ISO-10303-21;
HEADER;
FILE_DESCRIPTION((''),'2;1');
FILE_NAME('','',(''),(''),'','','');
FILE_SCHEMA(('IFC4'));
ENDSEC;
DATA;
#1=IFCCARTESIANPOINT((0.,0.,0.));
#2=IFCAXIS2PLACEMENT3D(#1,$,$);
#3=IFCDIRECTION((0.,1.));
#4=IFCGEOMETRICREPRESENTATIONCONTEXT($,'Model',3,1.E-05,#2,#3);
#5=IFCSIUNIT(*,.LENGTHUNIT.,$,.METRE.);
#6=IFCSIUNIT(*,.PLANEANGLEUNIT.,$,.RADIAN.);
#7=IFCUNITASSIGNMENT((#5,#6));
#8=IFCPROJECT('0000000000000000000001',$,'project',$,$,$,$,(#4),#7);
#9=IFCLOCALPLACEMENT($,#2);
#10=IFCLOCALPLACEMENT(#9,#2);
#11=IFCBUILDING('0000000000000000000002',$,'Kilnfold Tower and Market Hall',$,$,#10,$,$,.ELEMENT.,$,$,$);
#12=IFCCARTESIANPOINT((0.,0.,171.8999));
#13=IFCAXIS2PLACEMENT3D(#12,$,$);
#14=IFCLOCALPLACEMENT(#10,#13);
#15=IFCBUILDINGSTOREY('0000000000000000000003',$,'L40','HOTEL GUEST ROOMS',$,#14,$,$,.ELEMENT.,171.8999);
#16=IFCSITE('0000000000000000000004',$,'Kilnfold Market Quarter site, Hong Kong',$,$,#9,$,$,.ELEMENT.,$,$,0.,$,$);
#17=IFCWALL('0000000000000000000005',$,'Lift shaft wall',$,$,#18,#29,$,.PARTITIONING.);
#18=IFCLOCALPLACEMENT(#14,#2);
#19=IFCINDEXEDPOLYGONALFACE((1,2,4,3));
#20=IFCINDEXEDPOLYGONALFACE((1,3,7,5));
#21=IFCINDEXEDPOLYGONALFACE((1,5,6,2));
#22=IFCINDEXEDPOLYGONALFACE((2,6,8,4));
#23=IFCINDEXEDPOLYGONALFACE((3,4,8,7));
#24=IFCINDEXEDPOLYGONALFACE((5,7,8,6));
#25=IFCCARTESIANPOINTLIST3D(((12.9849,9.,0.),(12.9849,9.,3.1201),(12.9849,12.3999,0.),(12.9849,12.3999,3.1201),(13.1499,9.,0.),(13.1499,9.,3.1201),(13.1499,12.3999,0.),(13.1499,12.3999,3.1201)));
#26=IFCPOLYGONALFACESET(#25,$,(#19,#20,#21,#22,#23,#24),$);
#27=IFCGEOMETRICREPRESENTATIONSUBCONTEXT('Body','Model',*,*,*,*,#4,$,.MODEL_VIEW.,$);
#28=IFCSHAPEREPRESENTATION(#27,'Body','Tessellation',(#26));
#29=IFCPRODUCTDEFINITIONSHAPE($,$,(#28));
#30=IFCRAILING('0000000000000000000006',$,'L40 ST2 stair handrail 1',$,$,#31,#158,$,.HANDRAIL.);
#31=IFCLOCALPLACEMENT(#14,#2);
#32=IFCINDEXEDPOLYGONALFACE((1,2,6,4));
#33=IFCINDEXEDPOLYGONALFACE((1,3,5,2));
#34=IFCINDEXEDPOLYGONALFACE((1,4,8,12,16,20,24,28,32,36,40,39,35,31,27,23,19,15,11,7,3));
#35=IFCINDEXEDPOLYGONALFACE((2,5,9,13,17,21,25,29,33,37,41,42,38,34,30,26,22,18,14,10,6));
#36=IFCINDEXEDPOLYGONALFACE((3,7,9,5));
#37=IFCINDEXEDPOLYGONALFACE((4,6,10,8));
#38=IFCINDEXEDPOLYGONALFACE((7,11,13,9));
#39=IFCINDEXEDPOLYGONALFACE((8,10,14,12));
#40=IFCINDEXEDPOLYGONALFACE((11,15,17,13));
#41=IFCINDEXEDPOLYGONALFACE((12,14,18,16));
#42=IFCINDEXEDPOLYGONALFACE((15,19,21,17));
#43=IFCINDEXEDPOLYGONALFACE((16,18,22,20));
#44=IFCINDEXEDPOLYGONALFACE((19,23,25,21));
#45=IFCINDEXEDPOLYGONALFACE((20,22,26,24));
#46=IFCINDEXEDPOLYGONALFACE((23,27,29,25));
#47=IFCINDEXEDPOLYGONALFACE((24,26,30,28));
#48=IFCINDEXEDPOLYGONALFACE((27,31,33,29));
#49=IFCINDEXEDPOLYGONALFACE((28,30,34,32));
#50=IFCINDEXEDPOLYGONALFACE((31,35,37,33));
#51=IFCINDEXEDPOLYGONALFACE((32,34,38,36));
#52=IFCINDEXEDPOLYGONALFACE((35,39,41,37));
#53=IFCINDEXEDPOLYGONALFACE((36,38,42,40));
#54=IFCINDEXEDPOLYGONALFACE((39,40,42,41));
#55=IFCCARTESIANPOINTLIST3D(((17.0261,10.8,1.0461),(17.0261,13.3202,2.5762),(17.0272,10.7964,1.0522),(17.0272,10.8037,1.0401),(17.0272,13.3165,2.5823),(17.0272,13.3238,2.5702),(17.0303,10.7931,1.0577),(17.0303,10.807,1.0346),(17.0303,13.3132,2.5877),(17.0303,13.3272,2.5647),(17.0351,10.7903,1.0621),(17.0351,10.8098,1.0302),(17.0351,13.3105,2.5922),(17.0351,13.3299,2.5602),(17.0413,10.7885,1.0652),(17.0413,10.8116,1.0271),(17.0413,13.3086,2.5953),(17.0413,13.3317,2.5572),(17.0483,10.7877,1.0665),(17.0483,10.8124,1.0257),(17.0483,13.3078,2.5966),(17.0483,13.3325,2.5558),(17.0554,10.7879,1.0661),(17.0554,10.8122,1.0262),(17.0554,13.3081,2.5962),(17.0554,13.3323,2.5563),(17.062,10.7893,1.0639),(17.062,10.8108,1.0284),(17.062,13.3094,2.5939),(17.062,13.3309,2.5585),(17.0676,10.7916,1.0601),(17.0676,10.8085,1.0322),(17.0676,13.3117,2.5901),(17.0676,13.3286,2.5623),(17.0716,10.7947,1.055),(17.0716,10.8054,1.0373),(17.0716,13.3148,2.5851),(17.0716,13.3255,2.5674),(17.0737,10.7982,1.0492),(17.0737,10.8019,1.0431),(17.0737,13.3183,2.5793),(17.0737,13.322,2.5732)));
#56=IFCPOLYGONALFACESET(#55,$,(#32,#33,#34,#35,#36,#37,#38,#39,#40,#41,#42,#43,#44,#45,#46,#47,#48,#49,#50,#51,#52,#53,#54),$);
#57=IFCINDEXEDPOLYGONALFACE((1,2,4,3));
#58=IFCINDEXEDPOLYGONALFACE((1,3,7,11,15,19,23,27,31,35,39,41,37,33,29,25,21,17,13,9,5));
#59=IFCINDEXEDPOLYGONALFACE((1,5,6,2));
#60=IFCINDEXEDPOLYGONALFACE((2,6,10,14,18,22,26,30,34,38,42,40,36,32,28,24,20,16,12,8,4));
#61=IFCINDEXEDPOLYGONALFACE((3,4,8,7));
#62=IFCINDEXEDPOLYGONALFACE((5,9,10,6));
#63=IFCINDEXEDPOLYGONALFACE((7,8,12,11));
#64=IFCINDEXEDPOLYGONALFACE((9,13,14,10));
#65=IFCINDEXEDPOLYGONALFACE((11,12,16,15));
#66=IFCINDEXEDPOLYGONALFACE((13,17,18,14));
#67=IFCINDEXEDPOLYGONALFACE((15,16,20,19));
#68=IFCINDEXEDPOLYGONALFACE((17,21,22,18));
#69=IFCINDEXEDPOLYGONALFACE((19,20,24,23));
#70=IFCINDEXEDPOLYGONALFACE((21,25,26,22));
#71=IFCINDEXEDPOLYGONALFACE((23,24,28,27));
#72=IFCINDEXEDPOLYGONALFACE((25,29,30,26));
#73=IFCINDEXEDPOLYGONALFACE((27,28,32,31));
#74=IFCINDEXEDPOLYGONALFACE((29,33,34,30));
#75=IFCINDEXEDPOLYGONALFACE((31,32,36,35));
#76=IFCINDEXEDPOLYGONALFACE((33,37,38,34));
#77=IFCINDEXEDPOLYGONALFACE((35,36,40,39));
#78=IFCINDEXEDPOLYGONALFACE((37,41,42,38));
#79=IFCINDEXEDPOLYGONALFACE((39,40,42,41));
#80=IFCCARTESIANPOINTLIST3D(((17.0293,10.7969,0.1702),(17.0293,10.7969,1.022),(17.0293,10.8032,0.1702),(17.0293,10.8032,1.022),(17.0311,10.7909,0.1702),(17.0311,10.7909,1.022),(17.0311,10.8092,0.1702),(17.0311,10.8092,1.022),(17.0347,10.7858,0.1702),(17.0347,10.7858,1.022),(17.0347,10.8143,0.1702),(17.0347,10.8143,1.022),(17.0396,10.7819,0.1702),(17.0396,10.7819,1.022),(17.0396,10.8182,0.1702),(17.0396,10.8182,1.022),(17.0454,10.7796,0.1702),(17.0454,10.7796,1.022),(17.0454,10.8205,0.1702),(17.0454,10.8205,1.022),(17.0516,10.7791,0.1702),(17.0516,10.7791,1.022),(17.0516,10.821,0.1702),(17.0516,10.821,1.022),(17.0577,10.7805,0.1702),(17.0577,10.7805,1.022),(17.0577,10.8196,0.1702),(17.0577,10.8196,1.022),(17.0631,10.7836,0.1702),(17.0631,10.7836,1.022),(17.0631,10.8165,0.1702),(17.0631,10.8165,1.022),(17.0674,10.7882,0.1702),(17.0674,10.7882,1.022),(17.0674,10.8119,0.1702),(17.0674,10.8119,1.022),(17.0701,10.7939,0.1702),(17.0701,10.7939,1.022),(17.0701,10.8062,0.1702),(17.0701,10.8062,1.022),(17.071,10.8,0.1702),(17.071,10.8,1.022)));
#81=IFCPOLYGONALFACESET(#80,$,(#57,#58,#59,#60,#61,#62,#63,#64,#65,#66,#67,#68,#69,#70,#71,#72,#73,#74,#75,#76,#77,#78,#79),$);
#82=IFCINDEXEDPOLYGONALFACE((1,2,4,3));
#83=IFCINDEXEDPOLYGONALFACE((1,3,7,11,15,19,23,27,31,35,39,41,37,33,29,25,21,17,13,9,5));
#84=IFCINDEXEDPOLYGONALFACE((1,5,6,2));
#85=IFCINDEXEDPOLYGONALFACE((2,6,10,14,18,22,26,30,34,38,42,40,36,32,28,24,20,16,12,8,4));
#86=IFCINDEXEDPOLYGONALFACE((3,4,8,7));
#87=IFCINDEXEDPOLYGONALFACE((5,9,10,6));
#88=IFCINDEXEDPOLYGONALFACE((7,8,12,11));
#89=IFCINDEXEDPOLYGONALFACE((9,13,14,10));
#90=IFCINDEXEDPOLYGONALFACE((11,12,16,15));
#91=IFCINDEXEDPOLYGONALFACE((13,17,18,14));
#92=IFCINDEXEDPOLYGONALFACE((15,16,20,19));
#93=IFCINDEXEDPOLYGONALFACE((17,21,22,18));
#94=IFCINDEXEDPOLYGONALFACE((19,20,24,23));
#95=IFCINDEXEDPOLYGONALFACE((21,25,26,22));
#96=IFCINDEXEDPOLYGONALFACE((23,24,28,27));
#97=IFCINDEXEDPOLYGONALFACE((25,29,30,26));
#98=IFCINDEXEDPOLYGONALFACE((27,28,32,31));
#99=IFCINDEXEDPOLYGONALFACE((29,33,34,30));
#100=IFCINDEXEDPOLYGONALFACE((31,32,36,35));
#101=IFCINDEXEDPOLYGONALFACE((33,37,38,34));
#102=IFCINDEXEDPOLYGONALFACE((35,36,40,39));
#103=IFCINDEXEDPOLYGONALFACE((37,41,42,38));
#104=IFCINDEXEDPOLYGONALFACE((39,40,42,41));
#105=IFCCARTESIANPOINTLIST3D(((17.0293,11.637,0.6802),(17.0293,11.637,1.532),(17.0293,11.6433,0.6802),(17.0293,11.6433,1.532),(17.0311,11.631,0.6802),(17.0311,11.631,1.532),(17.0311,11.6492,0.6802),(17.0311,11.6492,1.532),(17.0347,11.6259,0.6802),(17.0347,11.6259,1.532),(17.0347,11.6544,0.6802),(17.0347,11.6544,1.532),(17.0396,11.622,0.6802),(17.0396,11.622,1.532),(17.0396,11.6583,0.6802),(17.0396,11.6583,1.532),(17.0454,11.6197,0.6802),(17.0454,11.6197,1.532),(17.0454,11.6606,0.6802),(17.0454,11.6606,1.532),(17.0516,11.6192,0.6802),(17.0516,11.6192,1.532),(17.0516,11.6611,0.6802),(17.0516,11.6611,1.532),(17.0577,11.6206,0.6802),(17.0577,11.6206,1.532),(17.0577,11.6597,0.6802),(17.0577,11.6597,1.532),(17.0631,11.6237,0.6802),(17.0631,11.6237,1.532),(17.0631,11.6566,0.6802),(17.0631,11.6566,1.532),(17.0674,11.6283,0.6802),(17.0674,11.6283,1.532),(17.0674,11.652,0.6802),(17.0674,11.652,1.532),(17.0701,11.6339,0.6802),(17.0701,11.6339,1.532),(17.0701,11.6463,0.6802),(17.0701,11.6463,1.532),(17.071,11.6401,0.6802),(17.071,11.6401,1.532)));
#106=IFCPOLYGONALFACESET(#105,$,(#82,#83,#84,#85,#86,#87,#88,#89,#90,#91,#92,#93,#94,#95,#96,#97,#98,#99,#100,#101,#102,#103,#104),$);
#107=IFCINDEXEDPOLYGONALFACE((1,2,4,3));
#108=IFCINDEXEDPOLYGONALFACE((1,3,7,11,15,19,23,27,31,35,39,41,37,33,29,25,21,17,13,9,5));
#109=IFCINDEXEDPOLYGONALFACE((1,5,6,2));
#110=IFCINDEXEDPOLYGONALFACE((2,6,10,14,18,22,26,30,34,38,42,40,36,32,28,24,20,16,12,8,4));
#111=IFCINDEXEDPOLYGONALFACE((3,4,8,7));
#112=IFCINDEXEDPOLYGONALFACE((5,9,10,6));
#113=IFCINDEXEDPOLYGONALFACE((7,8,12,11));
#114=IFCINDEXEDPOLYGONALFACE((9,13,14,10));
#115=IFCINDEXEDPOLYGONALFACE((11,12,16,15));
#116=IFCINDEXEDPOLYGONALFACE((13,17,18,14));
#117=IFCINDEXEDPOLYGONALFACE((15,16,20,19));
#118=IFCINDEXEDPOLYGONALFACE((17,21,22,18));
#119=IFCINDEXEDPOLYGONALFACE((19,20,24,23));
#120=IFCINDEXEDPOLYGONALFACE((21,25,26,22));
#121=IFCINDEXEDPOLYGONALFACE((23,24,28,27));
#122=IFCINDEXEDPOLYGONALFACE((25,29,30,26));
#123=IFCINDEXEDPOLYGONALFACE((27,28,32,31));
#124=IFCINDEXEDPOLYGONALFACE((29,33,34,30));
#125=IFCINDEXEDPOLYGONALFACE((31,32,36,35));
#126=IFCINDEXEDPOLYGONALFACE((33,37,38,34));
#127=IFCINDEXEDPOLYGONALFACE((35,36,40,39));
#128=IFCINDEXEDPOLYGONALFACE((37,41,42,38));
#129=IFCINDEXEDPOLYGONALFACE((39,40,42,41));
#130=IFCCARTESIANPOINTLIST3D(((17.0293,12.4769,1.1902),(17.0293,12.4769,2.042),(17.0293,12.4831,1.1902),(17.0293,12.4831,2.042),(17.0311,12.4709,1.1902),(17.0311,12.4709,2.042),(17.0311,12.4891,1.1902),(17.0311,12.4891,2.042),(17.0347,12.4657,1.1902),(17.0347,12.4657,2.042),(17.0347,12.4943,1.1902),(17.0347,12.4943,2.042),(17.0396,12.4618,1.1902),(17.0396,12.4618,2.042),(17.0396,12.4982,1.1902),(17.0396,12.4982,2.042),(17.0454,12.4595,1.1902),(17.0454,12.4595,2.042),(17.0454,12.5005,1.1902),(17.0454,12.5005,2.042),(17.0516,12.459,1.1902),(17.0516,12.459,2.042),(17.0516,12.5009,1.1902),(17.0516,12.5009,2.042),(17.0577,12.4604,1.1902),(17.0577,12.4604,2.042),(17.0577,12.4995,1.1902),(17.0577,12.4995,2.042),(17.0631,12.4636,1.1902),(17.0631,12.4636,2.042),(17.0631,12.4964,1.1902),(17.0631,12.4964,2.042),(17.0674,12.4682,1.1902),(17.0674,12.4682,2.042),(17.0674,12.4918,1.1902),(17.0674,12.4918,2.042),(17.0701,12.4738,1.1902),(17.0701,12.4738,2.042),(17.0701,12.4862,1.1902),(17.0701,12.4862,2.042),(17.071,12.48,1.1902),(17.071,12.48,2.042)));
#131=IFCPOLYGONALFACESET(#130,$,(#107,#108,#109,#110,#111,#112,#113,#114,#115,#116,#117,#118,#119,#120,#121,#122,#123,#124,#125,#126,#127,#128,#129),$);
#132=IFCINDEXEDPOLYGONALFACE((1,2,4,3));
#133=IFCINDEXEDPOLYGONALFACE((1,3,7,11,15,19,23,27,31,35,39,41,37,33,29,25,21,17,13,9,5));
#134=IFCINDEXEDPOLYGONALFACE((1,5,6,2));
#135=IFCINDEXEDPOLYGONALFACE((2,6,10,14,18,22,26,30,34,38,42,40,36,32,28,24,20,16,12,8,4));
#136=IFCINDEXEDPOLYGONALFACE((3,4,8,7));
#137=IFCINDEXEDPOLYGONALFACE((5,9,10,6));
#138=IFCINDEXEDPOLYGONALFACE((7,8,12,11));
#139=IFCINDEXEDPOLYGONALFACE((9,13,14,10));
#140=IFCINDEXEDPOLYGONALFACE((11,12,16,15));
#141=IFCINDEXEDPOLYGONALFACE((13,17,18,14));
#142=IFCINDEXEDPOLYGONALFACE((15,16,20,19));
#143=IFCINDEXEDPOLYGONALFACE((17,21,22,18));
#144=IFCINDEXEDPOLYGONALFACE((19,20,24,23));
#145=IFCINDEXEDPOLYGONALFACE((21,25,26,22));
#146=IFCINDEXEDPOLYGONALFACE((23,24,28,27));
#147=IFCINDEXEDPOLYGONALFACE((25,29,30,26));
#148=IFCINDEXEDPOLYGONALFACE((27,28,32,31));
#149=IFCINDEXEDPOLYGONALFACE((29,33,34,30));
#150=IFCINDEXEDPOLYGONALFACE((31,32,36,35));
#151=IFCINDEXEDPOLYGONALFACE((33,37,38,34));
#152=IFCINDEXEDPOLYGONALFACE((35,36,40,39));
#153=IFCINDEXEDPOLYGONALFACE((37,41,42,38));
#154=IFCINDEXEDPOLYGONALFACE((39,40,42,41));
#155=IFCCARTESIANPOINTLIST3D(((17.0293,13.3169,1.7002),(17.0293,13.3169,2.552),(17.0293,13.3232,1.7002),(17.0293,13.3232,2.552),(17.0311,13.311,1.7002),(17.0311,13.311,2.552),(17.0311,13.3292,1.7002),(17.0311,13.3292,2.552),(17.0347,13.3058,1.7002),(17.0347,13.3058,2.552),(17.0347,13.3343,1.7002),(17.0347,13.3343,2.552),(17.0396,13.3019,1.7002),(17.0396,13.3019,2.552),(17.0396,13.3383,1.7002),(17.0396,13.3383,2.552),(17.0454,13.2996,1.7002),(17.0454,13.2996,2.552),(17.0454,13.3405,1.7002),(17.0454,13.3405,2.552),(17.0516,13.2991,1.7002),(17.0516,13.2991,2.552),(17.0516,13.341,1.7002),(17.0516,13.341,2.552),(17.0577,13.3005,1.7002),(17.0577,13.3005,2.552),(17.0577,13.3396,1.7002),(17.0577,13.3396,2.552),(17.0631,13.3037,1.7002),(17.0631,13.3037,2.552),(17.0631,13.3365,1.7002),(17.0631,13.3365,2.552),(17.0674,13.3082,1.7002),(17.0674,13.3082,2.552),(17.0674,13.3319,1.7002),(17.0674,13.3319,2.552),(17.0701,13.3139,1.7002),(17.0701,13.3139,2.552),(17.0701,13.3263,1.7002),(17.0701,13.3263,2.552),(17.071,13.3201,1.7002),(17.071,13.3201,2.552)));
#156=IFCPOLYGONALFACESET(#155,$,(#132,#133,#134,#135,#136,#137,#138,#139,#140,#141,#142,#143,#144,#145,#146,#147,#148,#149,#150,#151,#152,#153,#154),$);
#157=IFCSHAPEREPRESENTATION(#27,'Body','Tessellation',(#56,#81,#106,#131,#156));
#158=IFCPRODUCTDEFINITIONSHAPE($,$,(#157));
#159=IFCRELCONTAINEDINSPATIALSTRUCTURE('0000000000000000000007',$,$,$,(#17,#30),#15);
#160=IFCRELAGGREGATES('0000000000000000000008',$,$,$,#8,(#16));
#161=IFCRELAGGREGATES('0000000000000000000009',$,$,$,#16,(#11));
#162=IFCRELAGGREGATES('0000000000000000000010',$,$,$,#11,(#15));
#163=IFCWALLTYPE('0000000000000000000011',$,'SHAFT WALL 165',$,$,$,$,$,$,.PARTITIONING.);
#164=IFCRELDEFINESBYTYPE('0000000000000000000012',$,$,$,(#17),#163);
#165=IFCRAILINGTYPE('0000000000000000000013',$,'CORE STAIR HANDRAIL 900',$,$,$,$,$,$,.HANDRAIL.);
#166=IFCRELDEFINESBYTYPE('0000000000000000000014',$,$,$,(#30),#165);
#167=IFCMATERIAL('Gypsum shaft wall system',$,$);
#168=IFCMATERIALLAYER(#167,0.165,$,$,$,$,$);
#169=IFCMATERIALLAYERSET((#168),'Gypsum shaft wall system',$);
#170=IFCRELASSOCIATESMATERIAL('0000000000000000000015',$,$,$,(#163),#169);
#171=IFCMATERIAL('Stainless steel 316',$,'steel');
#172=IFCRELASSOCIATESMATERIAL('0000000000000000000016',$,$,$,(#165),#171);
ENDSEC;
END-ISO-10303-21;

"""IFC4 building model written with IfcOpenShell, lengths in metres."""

from ifc_helpers import new_model, si_unit, direction, frame, frame_2d, origin, origin_2d, place, context, subcontext, project, spatial, rectangle, circle, extrude, source, transform, mapped, material, layer, layer_set, type_object, element, save


model = new_model("IFC4")

# Units and contexts
model_context = context("Model", 3, precision=1e-05, world=origin(), true_north=direction((0.0, 1.0)))
body_context = subcontext(model_context, "Body", "Model", "MODEL_VIEW")
ifc_project = project(units=[si_unit("LENGTHUNIT", "METRE"), si_unit("PLANEANGLEUNIT", "RADIAN")], contexts=[model_context])

# Site, building, storey
site_placement = place(None, origin())
site = spatial("IfcSite", under=ifc_project, at=site_placement, Name="Kilnfold Market Quarter site, Hong Kong", CompositionType="ELEMENT", RefElevation=0.0)
building_placement = place(site_placement, origin())
building = spatial("IfcBuilding", under=site, at=building_placement, Name="Kilnfold Tower and Market Hall", CompositionType="ELEMENT")
storey_placement = place(building_placement, frame((0.0, 0.0, 171.8999)))
storey = spatial("IfcBuildingStorey", under=building, at=storey_placement, Name="L40", Description="HOTEL GUEST ROOMS", CompositionType="ELEMENT", Elevation=171.8999)

# Wall
ifc_material_1 = material(Name="Gypsum shaft wall system")
ifc_layer_1 = layer(ifc_material_1, 0.165)
ifc_layer_set_1 = layer_set([ifc_layer_1], Name="Gypsum shaft wall system")
wall_type_1 = type_object("IfcWallType", Name="SHAFT WALL 165", PredefinedType="PARTITIONING", material=ifc_layer_set_1)
shared_shape_1 = source(origin(), body_context, "Body", "SweptSolid", [
    extrude(rectangle(XDim=3.3999, YDim=0.165, at=frame_2d((1.7, 0.0))), origin(), (0.0, 0.0, 1.0), 3.1201),
])
wall_1_placement = place(storey_placement, frame((13.0674, 9.0, 0.0), z_axis=(0.0, 0.0, 1.0), x_axis=(0.0, 1.0, 0.0)))
element("IfcWall", 1, at=wall_1_placement, inside=storey, type_object=wall_type_1, Name="Lift shaft wall", PredefinedType="PARTITIONING", context=body_context, shape_type="MappedRepresentation", body=[
    mapped(shared_shape_1, transform((0.0, 0.0, 0.0))),
])

# Railing
ifc_material_2 = material(Name="Stainless steel 316", Category="steel")
railing_type_1 = type_object("IfcRailingType", Name="CORE STAIR HANDRAIL 900", PredefinedType="HANDRAIL", material=ifc_material_2)
railing_1_placement = place(storey_placement, frame((17.05, 10.8, 0.1702)))
element("IfcRailing", 2, at=railing_1_placement, inside=storey, type_object=railing_type_1, Name="L40 ST2 stair handrail 1", PredefinedType="HANDRAIL", context=body_context, shape_type="SweptSolid", body=[
    extrude(circle(Radius=0.0239, at=origin_2d()), frame((0.0, 0.0, 0.876), z_axis=(0.0, 0.854785, 0.518982), x_axis=(-1.0, 0.0, 0.0)), (0.0, 0.0, 1.0), 2.9482),
    extrude(circle(Radius=0.021, at=origin_2d()), origin(), (0.0, 0.0, 1.0), 0.8518),
    extrude(circle(Radius=0.021, at=origin_2d()), frame((0.0, 0.8401, 0.51)), (0.0, 0.0, 1.0), 0.8518),
    extrude(circle(Radius=0.021, at=origin_2d()), frame((0.0, 1.6799, 1.02)), (0.0, 0.0, 1.0), 0.8518),
    extrude(circle(Radius=0.021, at=origin_2d()), frame((0.0, 2.52, 1.53)), (0.0, 0.0, 1.0), 0.8518),
])

save(model, "model.ifc")
